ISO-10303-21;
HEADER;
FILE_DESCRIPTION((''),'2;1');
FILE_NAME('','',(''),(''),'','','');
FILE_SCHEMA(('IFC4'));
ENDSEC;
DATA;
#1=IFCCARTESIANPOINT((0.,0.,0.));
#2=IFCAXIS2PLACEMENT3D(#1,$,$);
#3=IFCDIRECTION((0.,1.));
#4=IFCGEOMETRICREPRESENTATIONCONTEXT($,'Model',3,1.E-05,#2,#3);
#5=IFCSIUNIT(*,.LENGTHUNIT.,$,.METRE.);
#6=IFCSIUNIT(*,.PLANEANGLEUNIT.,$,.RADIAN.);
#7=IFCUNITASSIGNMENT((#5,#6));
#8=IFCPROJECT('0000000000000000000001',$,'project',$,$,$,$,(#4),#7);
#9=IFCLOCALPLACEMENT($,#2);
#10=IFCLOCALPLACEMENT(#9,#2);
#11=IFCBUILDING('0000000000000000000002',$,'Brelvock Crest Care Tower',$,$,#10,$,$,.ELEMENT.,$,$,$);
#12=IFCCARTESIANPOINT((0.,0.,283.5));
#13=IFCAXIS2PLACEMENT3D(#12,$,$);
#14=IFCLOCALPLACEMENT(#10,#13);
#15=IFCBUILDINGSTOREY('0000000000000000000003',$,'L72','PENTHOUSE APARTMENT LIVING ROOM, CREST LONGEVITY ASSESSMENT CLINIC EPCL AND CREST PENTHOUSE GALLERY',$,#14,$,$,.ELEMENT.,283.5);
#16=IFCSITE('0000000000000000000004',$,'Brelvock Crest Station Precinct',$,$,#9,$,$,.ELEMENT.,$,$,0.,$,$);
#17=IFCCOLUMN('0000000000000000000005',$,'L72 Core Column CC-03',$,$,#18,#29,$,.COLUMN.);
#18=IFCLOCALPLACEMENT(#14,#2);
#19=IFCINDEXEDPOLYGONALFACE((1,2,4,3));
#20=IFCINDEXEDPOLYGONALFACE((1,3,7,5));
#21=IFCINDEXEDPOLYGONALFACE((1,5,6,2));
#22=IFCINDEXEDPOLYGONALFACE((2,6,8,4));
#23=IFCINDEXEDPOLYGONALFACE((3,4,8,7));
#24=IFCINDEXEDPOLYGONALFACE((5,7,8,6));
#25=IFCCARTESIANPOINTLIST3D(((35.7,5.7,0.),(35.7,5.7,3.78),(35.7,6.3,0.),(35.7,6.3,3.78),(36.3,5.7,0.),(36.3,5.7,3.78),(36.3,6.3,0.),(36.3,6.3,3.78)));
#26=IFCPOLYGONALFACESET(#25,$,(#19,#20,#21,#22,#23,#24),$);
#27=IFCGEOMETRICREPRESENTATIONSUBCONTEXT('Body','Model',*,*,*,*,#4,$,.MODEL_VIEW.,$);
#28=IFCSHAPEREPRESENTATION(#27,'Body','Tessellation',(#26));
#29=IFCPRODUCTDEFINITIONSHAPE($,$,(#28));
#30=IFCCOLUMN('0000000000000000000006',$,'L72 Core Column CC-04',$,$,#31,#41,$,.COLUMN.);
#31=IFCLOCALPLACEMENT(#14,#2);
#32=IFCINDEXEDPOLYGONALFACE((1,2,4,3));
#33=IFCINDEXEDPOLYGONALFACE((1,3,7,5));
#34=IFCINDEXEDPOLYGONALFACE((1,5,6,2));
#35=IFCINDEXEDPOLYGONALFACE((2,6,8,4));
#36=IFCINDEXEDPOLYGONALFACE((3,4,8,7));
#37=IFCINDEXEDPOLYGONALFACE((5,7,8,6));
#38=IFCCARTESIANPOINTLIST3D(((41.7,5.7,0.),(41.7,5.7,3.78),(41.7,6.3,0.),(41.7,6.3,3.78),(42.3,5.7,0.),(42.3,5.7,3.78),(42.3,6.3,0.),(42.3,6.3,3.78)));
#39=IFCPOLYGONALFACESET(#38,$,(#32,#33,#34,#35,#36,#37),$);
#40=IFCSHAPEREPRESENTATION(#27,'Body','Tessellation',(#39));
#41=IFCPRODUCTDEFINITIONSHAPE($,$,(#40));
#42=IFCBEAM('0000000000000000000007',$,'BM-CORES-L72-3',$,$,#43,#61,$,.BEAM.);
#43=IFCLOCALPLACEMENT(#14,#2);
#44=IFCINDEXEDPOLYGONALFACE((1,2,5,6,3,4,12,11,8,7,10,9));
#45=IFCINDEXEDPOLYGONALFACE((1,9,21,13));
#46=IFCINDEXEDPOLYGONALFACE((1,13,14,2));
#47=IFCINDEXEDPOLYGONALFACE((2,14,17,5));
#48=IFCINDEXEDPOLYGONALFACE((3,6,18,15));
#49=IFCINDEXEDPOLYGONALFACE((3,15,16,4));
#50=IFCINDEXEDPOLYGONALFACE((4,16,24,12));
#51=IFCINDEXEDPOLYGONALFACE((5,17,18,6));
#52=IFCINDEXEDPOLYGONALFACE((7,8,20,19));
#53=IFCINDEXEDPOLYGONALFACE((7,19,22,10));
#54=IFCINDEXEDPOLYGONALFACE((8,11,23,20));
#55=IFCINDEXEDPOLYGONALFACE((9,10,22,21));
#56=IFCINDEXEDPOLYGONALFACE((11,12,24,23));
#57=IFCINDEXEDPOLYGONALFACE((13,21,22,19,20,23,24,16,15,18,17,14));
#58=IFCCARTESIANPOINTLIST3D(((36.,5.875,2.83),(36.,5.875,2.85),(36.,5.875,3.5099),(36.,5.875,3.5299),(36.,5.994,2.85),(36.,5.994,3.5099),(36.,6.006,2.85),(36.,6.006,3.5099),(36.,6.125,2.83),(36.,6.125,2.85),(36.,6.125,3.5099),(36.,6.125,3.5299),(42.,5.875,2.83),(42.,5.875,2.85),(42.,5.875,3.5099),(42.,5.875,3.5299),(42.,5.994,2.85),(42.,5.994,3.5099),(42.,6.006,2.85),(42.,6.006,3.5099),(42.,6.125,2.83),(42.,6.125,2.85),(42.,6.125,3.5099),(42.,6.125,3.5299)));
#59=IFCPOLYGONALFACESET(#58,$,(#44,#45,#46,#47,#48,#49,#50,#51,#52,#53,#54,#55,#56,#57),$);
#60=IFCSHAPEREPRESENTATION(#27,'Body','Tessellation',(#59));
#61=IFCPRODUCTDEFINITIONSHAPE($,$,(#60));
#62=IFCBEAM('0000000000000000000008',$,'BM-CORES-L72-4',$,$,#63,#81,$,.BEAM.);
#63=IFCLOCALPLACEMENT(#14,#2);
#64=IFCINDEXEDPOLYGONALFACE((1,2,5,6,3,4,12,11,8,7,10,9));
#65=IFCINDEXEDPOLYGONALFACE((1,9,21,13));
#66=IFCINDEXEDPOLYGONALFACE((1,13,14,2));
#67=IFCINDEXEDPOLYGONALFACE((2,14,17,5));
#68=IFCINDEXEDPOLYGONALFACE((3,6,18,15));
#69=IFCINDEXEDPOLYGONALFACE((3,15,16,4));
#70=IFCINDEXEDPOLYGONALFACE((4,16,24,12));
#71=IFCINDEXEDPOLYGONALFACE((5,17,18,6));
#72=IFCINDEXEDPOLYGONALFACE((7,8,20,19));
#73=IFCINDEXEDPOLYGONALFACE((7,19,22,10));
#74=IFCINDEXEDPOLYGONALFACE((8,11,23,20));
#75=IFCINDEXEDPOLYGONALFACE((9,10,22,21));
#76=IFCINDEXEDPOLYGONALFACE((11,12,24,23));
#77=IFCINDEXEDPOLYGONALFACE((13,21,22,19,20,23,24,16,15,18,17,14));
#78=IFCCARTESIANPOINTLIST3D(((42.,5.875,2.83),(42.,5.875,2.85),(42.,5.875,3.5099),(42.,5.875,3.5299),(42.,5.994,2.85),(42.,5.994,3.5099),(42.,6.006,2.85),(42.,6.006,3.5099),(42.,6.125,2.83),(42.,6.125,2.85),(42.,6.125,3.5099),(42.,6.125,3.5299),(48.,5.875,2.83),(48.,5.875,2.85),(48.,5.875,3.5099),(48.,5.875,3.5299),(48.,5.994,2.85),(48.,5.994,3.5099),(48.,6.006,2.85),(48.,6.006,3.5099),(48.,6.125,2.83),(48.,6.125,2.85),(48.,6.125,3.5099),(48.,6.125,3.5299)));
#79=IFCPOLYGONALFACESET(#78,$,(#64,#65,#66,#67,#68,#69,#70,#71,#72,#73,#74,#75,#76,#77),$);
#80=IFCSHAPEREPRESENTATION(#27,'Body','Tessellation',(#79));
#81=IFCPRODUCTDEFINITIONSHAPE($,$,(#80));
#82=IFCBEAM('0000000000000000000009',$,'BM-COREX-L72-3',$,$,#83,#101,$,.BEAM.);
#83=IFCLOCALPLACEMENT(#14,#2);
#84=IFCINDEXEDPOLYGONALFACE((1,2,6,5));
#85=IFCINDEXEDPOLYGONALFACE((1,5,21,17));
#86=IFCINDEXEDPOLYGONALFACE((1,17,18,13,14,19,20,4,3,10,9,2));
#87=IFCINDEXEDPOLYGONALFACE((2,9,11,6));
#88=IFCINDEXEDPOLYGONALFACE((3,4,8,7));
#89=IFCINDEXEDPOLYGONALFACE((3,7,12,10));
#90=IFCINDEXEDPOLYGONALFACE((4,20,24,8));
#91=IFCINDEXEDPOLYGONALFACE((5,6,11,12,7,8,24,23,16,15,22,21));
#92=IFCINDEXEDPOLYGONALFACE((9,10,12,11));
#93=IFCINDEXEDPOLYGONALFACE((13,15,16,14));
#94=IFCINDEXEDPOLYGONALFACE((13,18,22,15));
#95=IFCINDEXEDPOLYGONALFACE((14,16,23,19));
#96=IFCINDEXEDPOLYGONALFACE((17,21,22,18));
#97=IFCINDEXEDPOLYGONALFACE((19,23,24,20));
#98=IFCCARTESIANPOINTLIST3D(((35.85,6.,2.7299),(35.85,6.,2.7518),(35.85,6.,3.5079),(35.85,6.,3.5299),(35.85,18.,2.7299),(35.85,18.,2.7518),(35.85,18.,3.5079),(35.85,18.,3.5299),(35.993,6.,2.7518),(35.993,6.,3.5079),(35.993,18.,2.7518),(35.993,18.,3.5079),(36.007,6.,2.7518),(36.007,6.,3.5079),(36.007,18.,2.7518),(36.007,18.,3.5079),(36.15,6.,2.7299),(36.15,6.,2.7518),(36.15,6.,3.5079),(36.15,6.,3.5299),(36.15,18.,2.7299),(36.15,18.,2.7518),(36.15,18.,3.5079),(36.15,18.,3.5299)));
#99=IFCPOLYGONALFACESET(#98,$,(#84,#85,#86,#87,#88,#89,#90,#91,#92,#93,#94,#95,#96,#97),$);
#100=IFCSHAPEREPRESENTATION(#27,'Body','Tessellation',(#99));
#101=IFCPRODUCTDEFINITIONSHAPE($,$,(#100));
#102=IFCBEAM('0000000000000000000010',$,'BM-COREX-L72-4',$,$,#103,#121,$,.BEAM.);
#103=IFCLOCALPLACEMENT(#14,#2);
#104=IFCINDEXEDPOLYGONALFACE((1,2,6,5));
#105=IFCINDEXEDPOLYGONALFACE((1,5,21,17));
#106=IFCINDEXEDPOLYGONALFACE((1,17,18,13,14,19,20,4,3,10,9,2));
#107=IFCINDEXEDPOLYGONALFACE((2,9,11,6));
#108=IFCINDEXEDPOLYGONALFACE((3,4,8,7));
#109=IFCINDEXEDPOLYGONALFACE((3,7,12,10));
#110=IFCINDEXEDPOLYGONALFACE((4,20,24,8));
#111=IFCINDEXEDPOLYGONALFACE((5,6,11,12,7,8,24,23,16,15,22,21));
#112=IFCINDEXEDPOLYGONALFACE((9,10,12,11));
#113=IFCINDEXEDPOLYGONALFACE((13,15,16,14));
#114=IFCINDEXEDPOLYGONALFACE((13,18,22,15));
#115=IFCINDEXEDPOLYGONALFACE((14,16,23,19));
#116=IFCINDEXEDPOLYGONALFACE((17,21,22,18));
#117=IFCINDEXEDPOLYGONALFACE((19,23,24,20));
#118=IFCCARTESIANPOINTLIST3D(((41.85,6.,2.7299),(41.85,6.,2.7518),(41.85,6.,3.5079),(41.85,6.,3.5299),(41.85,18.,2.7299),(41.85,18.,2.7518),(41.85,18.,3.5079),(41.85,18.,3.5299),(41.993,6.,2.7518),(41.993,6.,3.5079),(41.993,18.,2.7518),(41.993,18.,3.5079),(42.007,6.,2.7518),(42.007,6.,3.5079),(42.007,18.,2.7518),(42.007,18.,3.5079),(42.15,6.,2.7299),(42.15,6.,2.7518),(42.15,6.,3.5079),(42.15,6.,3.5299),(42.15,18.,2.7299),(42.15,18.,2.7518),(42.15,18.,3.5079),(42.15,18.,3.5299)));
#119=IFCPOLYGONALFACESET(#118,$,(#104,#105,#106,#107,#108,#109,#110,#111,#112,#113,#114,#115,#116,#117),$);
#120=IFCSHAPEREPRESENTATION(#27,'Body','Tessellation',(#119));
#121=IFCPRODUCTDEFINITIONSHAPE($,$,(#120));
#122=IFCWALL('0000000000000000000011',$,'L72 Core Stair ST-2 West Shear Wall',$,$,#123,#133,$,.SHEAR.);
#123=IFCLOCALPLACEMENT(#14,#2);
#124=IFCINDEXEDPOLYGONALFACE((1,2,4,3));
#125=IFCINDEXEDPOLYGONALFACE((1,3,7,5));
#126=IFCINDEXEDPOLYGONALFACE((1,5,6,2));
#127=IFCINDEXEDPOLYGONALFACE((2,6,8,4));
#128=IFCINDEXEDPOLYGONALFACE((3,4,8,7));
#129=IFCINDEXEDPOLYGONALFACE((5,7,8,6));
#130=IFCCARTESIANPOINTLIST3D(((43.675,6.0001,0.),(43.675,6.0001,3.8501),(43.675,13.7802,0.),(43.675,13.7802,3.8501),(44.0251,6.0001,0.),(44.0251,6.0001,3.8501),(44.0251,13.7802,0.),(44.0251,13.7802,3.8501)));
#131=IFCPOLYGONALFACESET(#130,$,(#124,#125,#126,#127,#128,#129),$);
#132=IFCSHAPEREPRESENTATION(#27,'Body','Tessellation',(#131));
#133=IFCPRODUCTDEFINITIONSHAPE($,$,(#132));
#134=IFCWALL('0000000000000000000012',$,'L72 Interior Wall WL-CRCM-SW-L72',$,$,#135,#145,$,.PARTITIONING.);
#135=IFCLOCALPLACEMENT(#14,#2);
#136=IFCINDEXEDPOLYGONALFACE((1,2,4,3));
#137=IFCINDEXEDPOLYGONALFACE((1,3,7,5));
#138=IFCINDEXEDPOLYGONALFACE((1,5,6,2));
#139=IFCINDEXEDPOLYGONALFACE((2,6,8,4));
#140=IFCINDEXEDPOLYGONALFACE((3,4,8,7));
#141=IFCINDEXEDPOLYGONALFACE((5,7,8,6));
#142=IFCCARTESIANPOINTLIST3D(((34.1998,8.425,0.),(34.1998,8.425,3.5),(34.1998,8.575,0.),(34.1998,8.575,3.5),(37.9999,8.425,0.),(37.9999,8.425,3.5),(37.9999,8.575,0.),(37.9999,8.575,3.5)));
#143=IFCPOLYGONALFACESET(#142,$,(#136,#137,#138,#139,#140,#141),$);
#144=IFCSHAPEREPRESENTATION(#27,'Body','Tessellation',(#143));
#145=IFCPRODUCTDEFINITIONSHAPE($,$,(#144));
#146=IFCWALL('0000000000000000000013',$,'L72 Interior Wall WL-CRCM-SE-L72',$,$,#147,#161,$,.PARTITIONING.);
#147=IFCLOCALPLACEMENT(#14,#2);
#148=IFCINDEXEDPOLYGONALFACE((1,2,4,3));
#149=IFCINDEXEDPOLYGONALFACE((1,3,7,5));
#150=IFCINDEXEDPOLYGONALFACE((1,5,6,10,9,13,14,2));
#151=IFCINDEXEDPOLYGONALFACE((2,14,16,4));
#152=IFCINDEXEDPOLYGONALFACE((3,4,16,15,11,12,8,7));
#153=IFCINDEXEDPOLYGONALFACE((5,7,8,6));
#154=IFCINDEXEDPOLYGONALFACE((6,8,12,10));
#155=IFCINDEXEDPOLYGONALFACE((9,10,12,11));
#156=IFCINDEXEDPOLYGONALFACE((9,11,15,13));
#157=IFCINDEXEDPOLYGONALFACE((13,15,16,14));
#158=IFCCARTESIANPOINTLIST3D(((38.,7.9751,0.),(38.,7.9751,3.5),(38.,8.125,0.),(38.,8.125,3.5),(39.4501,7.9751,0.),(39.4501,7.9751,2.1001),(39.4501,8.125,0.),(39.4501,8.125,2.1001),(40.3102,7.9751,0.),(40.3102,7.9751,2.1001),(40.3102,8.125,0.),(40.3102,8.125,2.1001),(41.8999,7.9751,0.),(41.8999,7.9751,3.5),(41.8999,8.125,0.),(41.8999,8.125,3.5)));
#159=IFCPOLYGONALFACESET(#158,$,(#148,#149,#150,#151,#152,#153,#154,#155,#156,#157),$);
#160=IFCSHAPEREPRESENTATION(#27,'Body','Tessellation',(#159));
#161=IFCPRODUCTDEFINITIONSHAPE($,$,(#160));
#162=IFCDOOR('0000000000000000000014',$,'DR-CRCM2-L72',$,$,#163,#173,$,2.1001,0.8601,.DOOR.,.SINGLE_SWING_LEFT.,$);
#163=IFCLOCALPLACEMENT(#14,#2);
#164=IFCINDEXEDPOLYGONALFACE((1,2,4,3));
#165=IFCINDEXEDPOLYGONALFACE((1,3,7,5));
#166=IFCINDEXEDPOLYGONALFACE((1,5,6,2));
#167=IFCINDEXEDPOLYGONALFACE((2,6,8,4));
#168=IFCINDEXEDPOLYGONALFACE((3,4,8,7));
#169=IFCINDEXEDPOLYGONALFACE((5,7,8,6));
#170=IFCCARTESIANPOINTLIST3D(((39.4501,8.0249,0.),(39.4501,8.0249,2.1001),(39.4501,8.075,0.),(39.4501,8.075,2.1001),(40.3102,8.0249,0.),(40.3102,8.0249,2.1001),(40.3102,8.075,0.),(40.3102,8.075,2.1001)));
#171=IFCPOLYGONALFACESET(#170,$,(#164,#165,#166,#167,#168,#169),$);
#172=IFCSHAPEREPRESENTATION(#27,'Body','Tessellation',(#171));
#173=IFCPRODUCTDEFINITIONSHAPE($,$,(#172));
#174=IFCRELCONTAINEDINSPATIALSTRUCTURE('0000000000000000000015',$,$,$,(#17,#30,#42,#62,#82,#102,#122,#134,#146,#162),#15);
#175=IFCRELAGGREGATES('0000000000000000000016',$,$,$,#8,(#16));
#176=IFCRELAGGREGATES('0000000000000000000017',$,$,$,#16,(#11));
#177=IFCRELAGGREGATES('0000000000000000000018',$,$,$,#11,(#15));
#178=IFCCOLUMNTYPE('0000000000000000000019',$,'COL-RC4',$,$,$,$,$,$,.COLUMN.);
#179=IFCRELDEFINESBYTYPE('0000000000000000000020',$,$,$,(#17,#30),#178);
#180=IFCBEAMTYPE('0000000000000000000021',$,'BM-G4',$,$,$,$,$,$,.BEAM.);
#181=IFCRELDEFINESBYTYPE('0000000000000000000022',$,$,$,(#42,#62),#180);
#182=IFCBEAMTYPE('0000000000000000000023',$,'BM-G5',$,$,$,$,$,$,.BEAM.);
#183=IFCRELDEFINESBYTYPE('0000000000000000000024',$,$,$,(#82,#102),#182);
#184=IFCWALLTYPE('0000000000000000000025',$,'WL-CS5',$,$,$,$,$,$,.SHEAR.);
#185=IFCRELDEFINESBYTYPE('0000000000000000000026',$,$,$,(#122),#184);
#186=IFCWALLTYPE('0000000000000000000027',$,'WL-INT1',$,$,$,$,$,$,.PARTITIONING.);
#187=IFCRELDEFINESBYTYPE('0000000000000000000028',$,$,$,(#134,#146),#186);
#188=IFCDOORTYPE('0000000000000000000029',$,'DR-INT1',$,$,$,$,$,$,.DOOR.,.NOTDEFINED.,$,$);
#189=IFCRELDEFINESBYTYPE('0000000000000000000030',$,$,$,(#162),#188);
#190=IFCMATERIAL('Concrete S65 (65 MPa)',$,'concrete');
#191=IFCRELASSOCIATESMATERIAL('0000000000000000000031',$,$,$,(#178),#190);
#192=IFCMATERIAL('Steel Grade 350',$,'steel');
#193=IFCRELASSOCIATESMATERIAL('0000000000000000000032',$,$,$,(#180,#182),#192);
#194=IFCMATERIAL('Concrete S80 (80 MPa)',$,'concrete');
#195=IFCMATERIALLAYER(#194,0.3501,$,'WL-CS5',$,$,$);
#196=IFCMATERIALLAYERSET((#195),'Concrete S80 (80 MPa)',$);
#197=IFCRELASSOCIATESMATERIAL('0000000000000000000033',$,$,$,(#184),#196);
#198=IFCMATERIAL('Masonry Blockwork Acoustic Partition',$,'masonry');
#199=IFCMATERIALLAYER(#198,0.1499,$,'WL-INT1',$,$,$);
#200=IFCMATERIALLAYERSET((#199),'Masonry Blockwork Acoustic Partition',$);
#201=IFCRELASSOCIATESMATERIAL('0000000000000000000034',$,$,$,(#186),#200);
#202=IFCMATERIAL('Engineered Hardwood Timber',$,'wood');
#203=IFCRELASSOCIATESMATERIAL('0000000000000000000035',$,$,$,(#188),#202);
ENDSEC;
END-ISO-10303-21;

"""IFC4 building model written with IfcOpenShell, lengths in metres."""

from ifc_helpers import new_model, si_unit, direction, frame, frame_2d, origin, origin_2d, place, context, subcontext, project, spatial, rectangle, i_section, extrude, source, transform, mapped, material, layer, layer_set, material_profile, profile_set, type_object, element, fill, save


model = new_model("IFC4")

# Units and contexts
model_context = context("Model", 3, precision=1e-05, world=origin(), true_north=direction((0.0, 1.0)))
body_context = subcontext(model_context, "Body", "Model", "MODEL_VIEW")
ifc_project = project(units=[si_unit("LENGTHUNIT", "METRE"), si_unit("PLANEANGLEUNIT", "RADIAN")], contexts=[model_context])

# Site, building, storey
site_placement = place(None, origin())
site = spatial("IfcSite", under=ifc_project, at=site_placement, Name="Brelvock Crest Station Precinct", CompositionType="ELEMENT", RefElevation=0.0)
building_placement = place(site_placement, origin())
building = spatial("IfcBuilding", under=site, at=building_placement, Name="Brelvock Crest Care Tower", CompositionType="ELEMENT")
storey_placement = place(building_placement, frame((0.0, 0.0, 283.5)))
storey = spatial("IfcBuildingStorey", under=building, at=storey_placement, Name="L72", Description="PENTHOUSE APARTMENT LIVING ROOM, CREST LONGEVITY ASSESSMENT CLINIC EPCL AND CREST PENTHOUSE GALLERY", CompositionType="ELEMENT", Elevation=283.5)

# Columns
ifc_material_1 = material(Name="Concrete S65 (65 MPa)", Category="concrete")
ifc_material_profile_1 = material_profile(ifc_material_1, rectangle(XDim=0.6001, YDim=0.6001, at=origin_2d()), Name="RC600x600")
ifc_profile_set_1 = profile_set([ifc_material_profile_1], Name="Concrete S65 (65 MPa)")
column_type = type_object("IfcColumnType", Name="COL-RC4", PredefinedType="COLUMN", material=ifc_profile_set_1)
shared_shape_1 = source(origin(), body_context, "Body", "SweptSolid", [
    extrude(rectangle(XDim=0.6001, YDim=0.6001, at=origin_2d()), origin(), (0.0, 0.0, 1.0), 3.78),
])
for number, where, z_axis, x_axis, name in (
    (1, (36.0, 6.0, 0.0), (0.0, 0.0, 1.0), (1.0, 0.0, 0.0), "L72 Core Column CC-03"),
    (2, (42.0, 6.0, 0.0), (0.0, 0.0, 1.0), (1.0, 0.0, 0.0), "L72 Core Column CC-04"),
):
    element("IfcColumn", number, at=place(storey_placement, frame(where, z_axis=z_axis, x_axis=x_axis)), inside=storey, type_object=column_type, Name=name, PredefinedType="COLUMN", context=body_context, shape_type="MappedRepresentation", body=[
        mapped(shared_shape_1, transform((0.0, 0.0, 0.0), x_axis=(1.0, 0.0, 0.0), y_axis=(0.0, 1.0, 0.0), z_axis=(0.0, 0.0, 1.0), scale=1.0)),
    ])

# Beams
ifc_material_2 = material(Name="Steel Grade 350", Category="steel")
ifc_material_profile_2 = material_profile(ifc_material_2, i_section(OverallWidth=0.25, OverallDepth=0.7, WebThickness=0.012, FlangeThickness=0.02, at=origin_2d()), Name="700WB150")
ifc_profile_set_2 = profile_set([ifc_material_profile_2], Name="Steel Grade 350")
beam_type_1 = type_object("IfcBeamType", Name="BM-G4", PredefinedType="BEAM", material=ifc_profile_set_2)
shared_shape_2 = source(origin(), body_context, "Body", "SweptSolid", [
    extrude(i_section(OverallWidth=0.25, OverallDepth=0.7, WebThickness=0.012, FlangeThickness=0.02, at=origin_2d()), origin(), (0.0, 0.0, 1.0), 6.0),
])
for number, where, z_axis, x_axis, name in (
    (3, (36.0, 6.0, 3.1799), (1.0, 0.0, 0.0), (0.0, 1.0, 0.0), "BM-CORES-L72-3"),
    (4, (42.0, 6.0, 3.1799), (1.0, 0.0, 0.0), (0.0, 1.0, 0.0), "BM-CORES-L72-4"),
):
    element("IfcBeam", number, at=place(storey_placement, frame(where, z_axis=z_axis, x_axis=x_axis)), inside=storey, type_object=beam_type_1, Name=name, PredefinedType="BEAM", context=body_context, shape_type="MappedRepresentation", body=[
        mapped(shared_shape_2, transform((0.0, 0.0, 0.0), x_axis=(1.0, 0.0, 0.0), y_axis=(0.0, 1.0, 0.0), z_axis=(0.0, 0.0, 1.0), scale=1.0)),
    ])
ifc_material_profile_3 = material_profile(ifc_material_2, i_section(OverallWidth=0.3, OverallDepth=0.8, WebThickness=0.0139, FlangeThickness=0.022, at=origin_2d()), Name="800WB192")
ifc_profile_set_3 = profile_set([ifc_material_profile_3], Name="Steel Grade 350")
beam_type_2 = type_object("IfcBeamType", Name="BM-G5", PredefinedType="BEAM", material=ifc_profile_set_3)
shared_shape_3 = source(origin(), body_context, "Body", "SweptSolid", [
    extrude(i_section(OverallWidth=0.3, OverallDepth=0.8, WebThickness=0.0139, FlangeThickness=0.022, at=origin_2d()), origin(), (0.0, 0.0, 1.0), 12.0),
])
for number, where, z_axis, x_axis, name in (
    (5, (36.0, 6.0, 3.1299), (0.0, 1.0, 0.0), (-1.0, 0.0, 0.0), "BM-COREX-L72-3"),
    (6, (42.0, 6.0, 3.1299), (0.0, 1.0, 0.0), (-1.0, 0.0, 0.0), "BM-COREX-L72-4"),
):
    element("IfcBeam", number, at=place(storey_placement, frame(where, z_axis=z_axis, x_axis=x_axis)), inside=storey, type_object=beam_type_2, Name=name, PredefinedType="BEAM", context=body_context, shape_type="MappedRepresentation", body=[
        mapped(shared_shape_3, transform((0.0, 0.0, 0.0), x_axis=(1.0, 0.0, 0.0), y_axis=(0.0, 1.0, 0.0), z_axis=(0.0, 0.0, 1.0), scale=1.0)),
    ])

# Walls
ifc_material_3 = material(Name="Concrete S80 (80 MPa)", Category="concrete")
ifc_layer_1 = layer(ifc_material_3, 0.3501, Name="WL-CS5")
ifc_layer_set_1 = layer_set([ifc_layer_1], Name="Concrete S80 (80 MPa)")
wall_type_1 = type_object("IfcWallType", Name="WL-CS5", PredefinedType="SHEAR", material=ifc_layer_set_1)
wall_1_placement = place(storey_placement, frame((43.8501, 6.0, 0.0), z_axis=(0.0, 0.0, 1.0), x_axis=(0.0, 1.0, 0.0)))
element("IfcWall", 7, at=wall_1_placement, inside=storey, type_object=wall_type_1, Name="L72 Core Stair ST-2 West Shear Wall", PredefinedType="SHEAR", context=body_context, shape_type="SweptSolid", body=[
    extrude(rectangle(XDim=7.78, YDim=0.3501, at=frame_2d((3.8901, 0.0))), origin(), (0.0, 0.0, 1.0), 3.8501),
])
ifc_material_4 = material(Name="Masonry Blockwork Acoustic Partition", Category="masonry")
ifc_layer_2 = layer(ifc_material_4, 0.1499, Name="WL-INT1")
ifc_layer_set_2 = layer_set([ifc_layer_2], Name="Masonry Blockwork Acoustic Partition")
wall_type_2 = type_object("IfcWallType", Name="WL-INT1", PredefinedType="PARTITIONING", material=ifc_layer_set_2)
wall_2_placement = place(storey_placement, frame((34.2, 8.5, 0.0), z_axis=(0.0, 0.0, 1.0), x_axis=(1.0, 0.0, 0.0)))
element("IfcWall", 8, at=wall_2_placement, inside=storey, type_object=wall_type_2, Name="L72 Interior Wall WL-CRCM-SW-L72", PredefinedType="PARTITIONING", context=body_context, shape_type="SweptSolid", body=[
    extrude(rectangle(XDim=3.8, YDim=0.1499, at=frame_2d((1.8999, 0.0))), origin(), (0.0, 0.0, 1.0), 3.5),
])

# Wall, opening, door
wall_3_placement = place(storey_placement, frame((38.0, 8.05, 0.0), z_axis=(0.0, 0.0, 1.0), x_axis=(1.0, 0.0, 0.0)))
wall_3 = element("IfcWall", 9, at=wall_3_placement, inside=storey, type_object=wall_type_2, Name="L72 Interior Wall WL-CRCM-SE-L72", PredefinedType="PARTITIONING", context=body_context, shape_type="SweptSolid", body=[
    extrude(rectangle(XDim=3.8999, YDim=0.1499, at=frame_2d((1.95, 0.0))), origin(), (0.0, 0.0, 1.0), 3.5),
])
opening_1_placement = place(wall_3_placement, frame((1.45, 0.0, 0.0)))
opening_1 = element("IfcOpeningElement", 10, at=opening_1_placement, cuts=wall_3, PredefinedType="OPENING", context=body_context, shape_type="SweptSolid", body=[
    extrude(rectangle(XDim=0.8601, YDim=2.1001, at=origin_2d()), frame((0.4302, 0.085, 1.05), z_axis=(0.0, -1.0, 0.0), x_axis=(1.0, 0.0, 0.0)), (0.0, 0.0, 1.0), 0.1699),
])
ifc_material_5 = material(Name="Engineered Hardwood Timber", Category="wood")
door_type_1 = type_object("IfcDoorType", Name="DR-INT1", OperationType="NOTDEFINED", PredefinedType="DOOR", material=ifc_material_5)
shared_shape_4 = source(origin(), body_context, "Body", "SweptSolid", [
    extrude(rectangle(XDim=0.8601, YDim=2.1001, at=origin_2d()), frame((0.4302, 0.0249, 1.05), z_axis=(0.0, -1.0, 0.0), x_axis=(1.0, 0.0, 0.0)), (0.0, 0.0, 1.0), 0.05),
])
door_1_placement = place(opening_1_placement, origin())
door_1 = element("IfcDoor", 11, at=door_1_placement, inside=storey, type_object=door_type_1, Name="DR-CRCM2-L72", OperationType="SINGLE_SWING_LEFT", OverallHeight=2.1001, OverallWidth=0.8601, PredefinedType="DOOR", context=body_context, shape_type="MappedRepresentation", body=[
    mapped(shared_shape_4, transform((0.0, 0.0, 0.0), x_axis=(1.0, 0.0, 0.0), y_axis=(0.0, 1.0, 0.0), z_axis=(0.0, 0.0, 1.0), scale=1.0)),
])
fill(opening_1, door_1)

save(model, "model.ifc")
